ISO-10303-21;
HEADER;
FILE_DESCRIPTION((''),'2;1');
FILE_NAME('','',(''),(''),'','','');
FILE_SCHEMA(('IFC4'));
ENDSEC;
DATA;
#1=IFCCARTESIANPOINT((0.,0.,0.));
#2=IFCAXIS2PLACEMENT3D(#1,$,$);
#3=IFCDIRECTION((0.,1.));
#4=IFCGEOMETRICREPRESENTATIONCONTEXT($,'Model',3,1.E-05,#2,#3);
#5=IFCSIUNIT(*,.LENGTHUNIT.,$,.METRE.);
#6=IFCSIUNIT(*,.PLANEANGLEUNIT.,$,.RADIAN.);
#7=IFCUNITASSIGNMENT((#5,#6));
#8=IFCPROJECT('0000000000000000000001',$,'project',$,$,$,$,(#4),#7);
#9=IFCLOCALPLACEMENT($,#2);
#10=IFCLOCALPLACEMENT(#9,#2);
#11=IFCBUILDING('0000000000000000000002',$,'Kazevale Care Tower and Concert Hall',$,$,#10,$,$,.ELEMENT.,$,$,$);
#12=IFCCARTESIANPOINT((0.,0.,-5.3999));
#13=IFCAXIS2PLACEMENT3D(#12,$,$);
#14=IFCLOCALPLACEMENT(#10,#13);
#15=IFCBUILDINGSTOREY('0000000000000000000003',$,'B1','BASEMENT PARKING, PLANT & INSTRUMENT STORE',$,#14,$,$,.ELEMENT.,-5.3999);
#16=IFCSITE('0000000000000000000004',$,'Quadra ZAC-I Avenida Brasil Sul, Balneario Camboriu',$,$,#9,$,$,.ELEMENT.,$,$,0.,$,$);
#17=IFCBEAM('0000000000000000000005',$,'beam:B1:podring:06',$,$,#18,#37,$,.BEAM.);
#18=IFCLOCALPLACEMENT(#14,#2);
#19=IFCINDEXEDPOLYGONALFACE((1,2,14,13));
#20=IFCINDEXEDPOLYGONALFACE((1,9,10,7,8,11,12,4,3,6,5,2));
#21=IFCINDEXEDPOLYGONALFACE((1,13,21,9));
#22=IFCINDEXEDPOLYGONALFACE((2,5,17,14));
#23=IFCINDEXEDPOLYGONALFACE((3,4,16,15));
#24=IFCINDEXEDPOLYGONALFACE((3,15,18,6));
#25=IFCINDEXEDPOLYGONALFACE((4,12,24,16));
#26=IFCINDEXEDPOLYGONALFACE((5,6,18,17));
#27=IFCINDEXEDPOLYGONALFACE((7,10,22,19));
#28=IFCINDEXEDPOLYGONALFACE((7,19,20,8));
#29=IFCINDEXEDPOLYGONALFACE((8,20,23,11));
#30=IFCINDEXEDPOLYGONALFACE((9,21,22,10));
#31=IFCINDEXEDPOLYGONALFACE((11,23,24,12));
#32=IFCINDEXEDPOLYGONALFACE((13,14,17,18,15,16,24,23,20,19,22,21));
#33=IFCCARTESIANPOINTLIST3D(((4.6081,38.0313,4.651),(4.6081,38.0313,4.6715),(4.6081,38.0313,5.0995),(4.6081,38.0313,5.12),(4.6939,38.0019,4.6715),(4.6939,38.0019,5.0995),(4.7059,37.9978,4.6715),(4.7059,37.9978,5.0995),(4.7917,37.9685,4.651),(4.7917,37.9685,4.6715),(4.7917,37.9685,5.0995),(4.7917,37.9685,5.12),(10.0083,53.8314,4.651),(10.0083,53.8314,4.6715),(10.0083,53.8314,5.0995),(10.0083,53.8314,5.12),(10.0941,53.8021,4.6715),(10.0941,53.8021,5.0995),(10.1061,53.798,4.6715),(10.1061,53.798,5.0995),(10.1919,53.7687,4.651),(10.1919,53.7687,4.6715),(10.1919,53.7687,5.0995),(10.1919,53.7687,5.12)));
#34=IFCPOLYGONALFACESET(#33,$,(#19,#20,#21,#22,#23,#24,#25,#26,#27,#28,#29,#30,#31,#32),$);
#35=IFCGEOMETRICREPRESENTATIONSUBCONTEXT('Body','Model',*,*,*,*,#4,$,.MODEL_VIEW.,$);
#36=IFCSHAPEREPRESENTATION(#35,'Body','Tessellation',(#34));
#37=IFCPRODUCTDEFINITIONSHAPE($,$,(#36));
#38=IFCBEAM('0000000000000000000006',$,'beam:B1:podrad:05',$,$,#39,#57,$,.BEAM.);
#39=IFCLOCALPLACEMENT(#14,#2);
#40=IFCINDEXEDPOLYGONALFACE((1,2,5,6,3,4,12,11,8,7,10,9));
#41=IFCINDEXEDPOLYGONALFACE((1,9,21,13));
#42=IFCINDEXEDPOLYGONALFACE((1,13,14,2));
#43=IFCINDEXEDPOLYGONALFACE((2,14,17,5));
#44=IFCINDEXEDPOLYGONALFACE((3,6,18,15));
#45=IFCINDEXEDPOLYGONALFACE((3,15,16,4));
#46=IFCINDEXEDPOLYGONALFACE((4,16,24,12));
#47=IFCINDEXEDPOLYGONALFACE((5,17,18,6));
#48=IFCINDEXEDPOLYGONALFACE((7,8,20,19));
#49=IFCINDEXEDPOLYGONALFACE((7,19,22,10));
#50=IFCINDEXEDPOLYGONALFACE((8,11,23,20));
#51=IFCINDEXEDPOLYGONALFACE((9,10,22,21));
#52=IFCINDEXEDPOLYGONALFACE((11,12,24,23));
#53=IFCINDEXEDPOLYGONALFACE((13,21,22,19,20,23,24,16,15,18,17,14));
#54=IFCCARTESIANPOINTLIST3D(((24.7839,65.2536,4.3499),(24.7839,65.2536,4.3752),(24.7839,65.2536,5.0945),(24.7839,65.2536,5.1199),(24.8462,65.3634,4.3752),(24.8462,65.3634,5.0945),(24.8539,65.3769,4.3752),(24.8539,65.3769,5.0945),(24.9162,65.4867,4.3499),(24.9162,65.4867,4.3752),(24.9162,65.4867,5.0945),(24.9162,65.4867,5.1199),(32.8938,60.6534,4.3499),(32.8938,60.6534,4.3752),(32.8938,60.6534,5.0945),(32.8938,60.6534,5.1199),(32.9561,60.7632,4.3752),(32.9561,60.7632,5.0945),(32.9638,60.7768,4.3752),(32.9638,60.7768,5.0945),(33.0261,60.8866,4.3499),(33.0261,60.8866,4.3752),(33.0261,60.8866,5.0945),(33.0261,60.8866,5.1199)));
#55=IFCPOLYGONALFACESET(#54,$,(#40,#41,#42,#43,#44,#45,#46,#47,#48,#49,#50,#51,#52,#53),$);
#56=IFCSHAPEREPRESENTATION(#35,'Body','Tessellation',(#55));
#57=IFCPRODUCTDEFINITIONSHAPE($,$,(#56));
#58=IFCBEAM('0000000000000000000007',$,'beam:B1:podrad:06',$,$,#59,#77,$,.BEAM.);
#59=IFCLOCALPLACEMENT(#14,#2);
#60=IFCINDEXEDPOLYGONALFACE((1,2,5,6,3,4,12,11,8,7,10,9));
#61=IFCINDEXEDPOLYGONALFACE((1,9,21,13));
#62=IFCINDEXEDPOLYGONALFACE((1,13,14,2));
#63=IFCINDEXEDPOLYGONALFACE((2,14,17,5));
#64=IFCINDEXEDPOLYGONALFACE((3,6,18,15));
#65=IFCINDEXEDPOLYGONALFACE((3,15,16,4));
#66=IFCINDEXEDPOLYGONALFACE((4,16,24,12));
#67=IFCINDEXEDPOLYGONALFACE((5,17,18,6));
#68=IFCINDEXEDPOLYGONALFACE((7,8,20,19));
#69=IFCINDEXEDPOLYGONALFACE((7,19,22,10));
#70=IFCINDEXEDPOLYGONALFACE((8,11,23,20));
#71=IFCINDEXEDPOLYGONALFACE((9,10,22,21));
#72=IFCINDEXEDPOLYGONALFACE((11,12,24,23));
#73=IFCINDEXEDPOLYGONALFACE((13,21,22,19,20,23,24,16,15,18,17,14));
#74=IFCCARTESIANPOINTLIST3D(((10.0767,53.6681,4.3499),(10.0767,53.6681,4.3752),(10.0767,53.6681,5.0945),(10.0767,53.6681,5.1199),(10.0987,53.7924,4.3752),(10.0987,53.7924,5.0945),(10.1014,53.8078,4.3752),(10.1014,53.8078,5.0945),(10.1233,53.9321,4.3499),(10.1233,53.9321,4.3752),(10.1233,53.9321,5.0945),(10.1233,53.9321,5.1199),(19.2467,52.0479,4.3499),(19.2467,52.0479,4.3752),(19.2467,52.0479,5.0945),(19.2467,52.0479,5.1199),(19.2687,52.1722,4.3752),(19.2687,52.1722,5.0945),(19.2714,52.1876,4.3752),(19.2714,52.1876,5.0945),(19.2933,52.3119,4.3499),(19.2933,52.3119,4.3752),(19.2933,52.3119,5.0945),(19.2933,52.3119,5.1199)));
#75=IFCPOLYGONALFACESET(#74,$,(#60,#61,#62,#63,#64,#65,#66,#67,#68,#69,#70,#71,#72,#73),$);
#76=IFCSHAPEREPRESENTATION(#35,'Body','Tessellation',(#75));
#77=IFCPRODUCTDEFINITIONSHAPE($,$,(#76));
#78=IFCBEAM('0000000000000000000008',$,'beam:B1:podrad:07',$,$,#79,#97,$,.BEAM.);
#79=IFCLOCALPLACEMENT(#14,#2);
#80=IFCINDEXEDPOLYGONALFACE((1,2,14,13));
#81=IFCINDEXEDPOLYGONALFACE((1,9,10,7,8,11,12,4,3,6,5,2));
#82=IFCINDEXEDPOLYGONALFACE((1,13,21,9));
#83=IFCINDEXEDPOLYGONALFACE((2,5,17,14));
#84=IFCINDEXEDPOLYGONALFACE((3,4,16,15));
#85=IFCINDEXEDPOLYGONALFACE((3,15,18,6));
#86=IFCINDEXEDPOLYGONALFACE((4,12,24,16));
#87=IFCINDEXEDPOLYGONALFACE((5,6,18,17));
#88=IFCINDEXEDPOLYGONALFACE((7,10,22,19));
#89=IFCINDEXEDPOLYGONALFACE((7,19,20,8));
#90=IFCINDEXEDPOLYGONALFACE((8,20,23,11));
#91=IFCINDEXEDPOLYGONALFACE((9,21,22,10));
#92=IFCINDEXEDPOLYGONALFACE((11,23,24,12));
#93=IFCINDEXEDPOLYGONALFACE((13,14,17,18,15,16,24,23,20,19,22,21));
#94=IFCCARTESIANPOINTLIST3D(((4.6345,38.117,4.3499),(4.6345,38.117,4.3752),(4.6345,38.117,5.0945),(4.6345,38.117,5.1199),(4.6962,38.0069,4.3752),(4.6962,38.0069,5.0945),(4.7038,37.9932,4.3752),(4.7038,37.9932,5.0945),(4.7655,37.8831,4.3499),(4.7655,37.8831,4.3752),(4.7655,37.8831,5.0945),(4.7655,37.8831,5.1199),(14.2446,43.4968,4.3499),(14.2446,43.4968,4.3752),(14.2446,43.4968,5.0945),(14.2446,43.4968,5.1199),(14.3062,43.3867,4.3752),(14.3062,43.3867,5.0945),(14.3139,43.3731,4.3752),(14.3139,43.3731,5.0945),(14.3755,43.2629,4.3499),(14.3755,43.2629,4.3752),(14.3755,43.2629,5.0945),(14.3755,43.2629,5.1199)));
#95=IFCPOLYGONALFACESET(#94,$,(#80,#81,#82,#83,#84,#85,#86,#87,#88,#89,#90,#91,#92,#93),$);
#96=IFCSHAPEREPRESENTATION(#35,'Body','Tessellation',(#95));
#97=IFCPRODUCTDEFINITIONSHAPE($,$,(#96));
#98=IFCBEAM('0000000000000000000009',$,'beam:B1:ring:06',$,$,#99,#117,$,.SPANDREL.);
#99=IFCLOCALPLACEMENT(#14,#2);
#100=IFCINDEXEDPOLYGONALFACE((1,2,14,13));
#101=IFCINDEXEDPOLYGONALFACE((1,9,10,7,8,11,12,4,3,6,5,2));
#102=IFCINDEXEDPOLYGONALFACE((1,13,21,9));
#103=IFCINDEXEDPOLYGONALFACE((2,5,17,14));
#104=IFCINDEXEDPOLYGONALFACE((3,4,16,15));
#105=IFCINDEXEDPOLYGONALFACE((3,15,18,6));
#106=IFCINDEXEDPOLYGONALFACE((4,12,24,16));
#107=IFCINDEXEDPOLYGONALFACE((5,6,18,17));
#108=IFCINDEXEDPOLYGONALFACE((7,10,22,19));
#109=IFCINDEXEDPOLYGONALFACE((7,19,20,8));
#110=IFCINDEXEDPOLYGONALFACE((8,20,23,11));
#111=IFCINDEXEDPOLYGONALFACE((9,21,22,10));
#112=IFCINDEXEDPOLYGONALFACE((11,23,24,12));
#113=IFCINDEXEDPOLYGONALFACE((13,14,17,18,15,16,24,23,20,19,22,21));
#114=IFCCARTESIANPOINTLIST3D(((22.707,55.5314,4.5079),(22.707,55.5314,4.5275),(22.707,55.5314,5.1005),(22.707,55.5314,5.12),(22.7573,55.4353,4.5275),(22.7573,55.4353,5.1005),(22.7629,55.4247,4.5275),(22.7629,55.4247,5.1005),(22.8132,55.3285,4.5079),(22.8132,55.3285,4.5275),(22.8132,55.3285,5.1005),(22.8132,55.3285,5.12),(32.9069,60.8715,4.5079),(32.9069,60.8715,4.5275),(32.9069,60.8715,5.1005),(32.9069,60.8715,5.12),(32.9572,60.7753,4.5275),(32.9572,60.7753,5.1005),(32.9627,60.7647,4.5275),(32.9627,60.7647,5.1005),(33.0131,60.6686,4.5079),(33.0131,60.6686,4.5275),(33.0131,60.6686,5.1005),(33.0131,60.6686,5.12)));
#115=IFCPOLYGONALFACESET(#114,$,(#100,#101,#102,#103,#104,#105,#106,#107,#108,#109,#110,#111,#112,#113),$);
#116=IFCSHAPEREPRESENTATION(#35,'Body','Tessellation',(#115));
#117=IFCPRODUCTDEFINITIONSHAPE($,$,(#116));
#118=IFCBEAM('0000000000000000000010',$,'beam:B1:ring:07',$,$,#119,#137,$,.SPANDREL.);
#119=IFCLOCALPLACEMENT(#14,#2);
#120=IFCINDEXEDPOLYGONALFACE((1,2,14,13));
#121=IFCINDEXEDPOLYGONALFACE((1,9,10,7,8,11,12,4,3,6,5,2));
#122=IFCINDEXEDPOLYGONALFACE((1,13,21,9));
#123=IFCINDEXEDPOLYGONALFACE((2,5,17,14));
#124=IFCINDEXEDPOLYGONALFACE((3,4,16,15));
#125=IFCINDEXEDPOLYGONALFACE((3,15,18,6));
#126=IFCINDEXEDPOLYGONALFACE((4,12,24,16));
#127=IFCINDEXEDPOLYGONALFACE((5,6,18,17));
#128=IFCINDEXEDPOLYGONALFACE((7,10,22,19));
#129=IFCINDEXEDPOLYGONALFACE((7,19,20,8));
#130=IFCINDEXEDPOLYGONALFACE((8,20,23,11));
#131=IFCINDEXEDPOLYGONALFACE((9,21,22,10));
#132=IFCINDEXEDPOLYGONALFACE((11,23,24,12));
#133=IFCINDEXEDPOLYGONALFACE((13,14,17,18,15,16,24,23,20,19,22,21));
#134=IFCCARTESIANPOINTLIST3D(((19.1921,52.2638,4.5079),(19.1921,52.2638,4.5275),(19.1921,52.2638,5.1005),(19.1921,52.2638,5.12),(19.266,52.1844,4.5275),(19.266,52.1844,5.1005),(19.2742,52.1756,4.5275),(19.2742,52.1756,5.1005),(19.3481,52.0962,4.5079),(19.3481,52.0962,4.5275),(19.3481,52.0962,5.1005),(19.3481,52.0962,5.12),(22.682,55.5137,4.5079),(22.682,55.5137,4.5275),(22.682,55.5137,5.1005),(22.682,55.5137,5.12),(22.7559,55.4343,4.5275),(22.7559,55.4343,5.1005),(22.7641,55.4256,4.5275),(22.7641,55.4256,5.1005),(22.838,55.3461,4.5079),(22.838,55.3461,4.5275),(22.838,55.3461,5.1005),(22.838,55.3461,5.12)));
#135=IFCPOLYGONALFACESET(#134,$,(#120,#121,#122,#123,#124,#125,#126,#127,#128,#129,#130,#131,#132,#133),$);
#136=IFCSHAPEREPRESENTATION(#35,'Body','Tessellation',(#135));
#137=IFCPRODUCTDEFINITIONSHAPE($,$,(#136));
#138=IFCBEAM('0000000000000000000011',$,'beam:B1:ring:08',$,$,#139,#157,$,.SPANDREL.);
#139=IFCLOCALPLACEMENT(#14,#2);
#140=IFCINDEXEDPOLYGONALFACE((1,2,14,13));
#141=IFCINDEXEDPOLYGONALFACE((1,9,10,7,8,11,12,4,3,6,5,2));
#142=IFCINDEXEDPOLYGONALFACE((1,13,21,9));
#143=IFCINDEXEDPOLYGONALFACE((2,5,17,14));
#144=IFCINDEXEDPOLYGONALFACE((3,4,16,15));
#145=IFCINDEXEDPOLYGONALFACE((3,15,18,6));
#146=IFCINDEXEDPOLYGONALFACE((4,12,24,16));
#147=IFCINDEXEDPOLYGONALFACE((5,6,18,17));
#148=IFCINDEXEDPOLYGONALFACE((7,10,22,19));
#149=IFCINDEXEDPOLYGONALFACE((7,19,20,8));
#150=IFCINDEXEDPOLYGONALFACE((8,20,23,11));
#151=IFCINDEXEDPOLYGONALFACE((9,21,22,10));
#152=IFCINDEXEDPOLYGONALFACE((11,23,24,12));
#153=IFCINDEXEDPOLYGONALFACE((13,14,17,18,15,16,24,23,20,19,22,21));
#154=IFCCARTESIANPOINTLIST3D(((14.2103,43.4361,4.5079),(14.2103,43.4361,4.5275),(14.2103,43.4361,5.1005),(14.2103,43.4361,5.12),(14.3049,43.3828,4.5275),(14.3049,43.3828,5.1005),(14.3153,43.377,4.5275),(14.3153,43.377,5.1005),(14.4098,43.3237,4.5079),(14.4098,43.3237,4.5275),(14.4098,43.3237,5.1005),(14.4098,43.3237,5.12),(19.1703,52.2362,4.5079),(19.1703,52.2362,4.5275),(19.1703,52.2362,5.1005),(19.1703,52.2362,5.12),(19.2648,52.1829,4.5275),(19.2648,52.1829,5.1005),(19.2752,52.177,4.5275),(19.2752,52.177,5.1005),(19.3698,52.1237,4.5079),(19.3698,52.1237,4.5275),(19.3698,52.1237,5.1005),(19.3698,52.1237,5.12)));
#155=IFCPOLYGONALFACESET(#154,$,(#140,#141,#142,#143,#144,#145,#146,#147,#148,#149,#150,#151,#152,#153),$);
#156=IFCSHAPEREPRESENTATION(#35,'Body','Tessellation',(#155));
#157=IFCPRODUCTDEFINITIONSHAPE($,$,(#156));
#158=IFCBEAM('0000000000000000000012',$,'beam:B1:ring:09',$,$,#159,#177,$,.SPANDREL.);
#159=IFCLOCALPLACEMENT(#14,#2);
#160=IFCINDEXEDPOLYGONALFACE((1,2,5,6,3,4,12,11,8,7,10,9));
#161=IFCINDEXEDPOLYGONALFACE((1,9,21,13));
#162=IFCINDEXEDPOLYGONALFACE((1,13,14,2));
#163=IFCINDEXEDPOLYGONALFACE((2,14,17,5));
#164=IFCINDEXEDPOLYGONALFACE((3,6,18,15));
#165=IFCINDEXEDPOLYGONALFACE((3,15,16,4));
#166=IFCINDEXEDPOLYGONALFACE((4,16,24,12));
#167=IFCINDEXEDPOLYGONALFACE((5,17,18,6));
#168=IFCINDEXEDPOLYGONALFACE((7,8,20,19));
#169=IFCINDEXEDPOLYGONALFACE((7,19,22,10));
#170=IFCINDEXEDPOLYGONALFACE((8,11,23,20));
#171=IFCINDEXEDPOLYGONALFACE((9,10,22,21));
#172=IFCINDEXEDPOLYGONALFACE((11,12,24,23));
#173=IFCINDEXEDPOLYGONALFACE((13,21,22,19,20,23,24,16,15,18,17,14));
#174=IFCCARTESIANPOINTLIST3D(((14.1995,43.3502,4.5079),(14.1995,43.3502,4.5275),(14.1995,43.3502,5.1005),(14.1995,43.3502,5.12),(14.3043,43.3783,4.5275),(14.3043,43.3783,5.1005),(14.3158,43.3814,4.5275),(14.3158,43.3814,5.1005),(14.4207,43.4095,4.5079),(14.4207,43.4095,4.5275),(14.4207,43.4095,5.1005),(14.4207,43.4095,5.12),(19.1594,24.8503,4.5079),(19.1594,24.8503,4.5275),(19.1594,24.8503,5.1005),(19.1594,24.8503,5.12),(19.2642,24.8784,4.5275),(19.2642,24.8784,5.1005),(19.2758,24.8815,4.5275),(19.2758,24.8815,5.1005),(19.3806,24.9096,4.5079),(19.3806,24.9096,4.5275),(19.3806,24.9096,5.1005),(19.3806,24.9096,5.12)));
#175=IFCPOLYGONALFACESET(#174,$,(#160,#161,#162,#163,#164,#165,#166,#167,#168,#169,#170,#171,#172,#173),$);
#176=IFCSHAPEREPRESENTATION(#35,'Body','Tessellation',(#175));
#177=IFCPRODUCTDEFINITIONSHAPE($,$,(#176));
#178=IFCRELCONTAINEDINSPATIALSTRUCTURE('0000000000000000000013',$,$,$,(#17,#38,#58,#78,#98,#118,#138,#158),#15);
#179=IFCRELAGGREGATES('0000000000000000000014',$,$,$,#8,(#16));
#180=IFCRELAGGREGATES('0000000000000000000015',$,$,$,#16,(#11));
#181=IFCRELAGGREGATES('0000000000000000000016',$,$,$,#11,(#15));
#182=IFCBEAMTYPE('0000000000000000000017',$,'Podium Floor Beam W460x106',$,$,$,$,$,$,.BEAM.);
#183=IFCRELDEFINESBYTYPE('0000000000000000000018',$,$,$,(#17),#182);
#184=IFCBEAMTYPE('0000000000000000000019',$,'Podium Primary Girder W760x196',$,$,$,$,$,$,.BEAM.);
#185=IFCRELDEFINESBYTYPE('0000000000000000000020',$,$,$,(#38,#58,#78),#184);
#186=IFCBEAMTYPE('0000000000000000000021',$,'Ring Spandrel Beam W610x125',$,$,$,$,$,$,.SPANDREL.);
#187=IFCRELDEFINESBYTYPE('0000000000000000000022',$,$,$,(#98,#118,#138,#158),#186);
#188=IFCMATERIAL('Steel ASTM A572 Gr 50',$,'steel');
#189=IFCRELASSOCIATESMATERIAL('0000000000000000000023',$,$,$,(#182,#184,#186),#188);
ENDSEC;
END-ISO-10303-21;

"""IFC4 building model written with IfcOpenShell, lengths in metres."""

from ifc_helpers import new_model, si_unit, direction, frame, origin, origin_2d, place, context, subcontext, project, spatial, i_section, extrude, material, material_profile, profile_set, type_object, element, save


model = new_model("IFC4")

# Units and contexts
model_context = context("Model", 3, precision=1e-05, world=origin(), true_north=direction((0.0, 1.0)))
body_context = subcontext(model_context, "Body", "Model", "MODEL_VIEW")
ifc_project = project(units=[si_unit("LENGTHUNIT", "METRE"), si_unit("PLANEANGLEUNIT", "RADIAN")], contexts=[model_context])

# Site, building, storey
site_placement = place(None, origin())
site = spatial("IfcSite", under=ifc_project, at=site_placement, Name="Quadra ZAC-I Avenida Brasil Sul, Balneario Camboriu", CompositionType="ELEMENT", RefElevation=0.0)
building_placement = place(site_placement, origin())
building = spatial("IfcBuilding", under=site, at=building_placement, Name="Kazevale Care Tower and Concert Hall", CompositionType="ELEMENT")
storey_placement = place(building_placement, frame((0.0, 0.0, -5.3999)))
storey = spatial("IfcBuildingStorey", under=building, at=storey_placement, Name="B1", Description="BASEMENT PARKING, PLANT & INSTRUMENT STORE", CompositionType="ELEMENT", Elevation=-5.3999)

# Beams
ifc_material_1 = material(Name="Steel ASTM A572 Gr 50", Category="steel")
ifc_material_profile_1 = material_profile(ifc_material_1, i_section(OverallWidth=0.1941, OverallDepth=0.469, WebThickness=0.0127, FlangeThickness=0.0205, at=origin_2d()), Name="W460x106")
ifc_profile_set_1 = profile_set([ifc_material_profile_1], Name="Steel ASTM A572 Gr 50")
beam_type_1 = type_object("IfcBeamType", Name="Podium Floor Beam W460x106", PredefinedType="BEAM", material=ifc_profile_set_1)
beam_1_placement = place(storey_placement, frame((10.1001, 53.8, 4.8855), z_axis=(-0.323412, -0.946258, 0.0), x_axis=(0.946258, -0.323412, 0.0)))
element("IfcBeam", 1, at=beam_1_placement, inside=storey, type_object=beam_type_1, Name="beam:B1:podring:06", PredefinedType="BEAM", context=body_context, shape_type="SweptSolid", body=[
    extrude(i_section(OverallWidth=0.1941, OverallDepth=0.469, WebThickness=0.0127, FlangeThickness=0.0205, at=origin_2d()), origin(), (0.0, 0.0, 1.0), 16.6975),
])
ifc_material_profile_2 = material_profile(ifc_material_1, i_section(OverallWidth=0.2681, OverallDepth=0.77, WebThickness=0.0156, FlangeThickness=0.0254, at=origin_2d()), Name="W760x196")
ifc_profile_set_2 = profile_set([ifc_material_profile_2], Name="Steel ASTM A572 Gr 50")
beam_type_2 = type_object("IfcBeamType", Name="Podium Primary Girder W760x196", PredefinedType="BEAM", material=ifc_profile_set_2)
beam_2_placement = place(storey_placement, frame((32.96, 60.77, 4.7349), z_axis=(-0.869815, 0.493379, 0.0), x_axis=(-0.493379, -0.869815, 0.0)))
element("IfcBeam", 2, at=beam_2_placement, inside=storey, type_object=beam_type_2, Name="beam:B1:podrad:05", PredefinedType="BEAM", context=body_context, shape_type="SweptSolid", body=[
    extrude(i_section(OverallWidth=0.2681, OverallDepth=0.77, WebThickness=0.0156, FlangeThickness=0.0254, at=origin_2d()), origin(), (0.0, 0.0, 1.0), 9.3237),
])
beam_3_placement = place(storey_placement, frame((19.27, 52.1799, 4.7349), z_axis=(-0.984749, 0.173983, 0.0), x_axis=(-0.173983, -0.984749, 0.0)))
element("IfcBeam", 3, at=beam_3_placement, inside=storey, type_object=beam_type_2, Name="beam:B1:podrad:06", PredefinedType="BEAM", context=body_context, shape_type="SweptSolid", body=[
    extrude(i_section(OverallWidth=0.2681, OverallDepth=0.77, WebThickness=0.0156, FlangeThickness=0.0254, at=origin_2d()), origin(), (0.0, 0.0, 1.0), 9.312),
])
beam_4_placement = place(storey_placement, frame((14.3101, 43.3799, 4.7349), z_axis=(-0.872575, -0.488481, 0.0), x_axis=(0.488481, -0.872575, 0.0)))
element("IfcBeam", 4, at=beam_4_placement, inside=storey, type_object=beam_type_2, Name="beam:B1:podrad:07", PredefinedType="BEAM", context=body_context, shape_type="SweptSolid", body=[
    extrude(i_section(OverallWidth=0.2681, OverallDepth=0.77, WebThickness=0.0156, FlangeThickness=0.0254, at=origin_2d()), origin(), (0.0, 0.0, 1.0), 11.0134),
])
ifc_material_profile_3 = material_profile(ifc_material_1, i_section(OverallWidth=0.229, OverallDepth=0.6121, WebThickness=0.012, FlangeThickness=0.0195, at=origin_2d()), Name="W610x125")
ifc_profile_set_3 = profile_set([ifc_material_profile_3], Name="Steel ASTM A572 Gr 50")
beam_type_3 = type_object("IfcBeamType", Name="Ring Spandrel Beam W610x125", PredefinedType="SPANDREL", material=ifc_profile_set_3)
beam_5_placement = place(storey_placement, frame((32.96, 60.77, 4.814), z_axis=(-0.885929, -0.46382, 0.0), x_axis=(0.46382, -0.885929, 0.0)))
element("IfcBeam", 5, at=beam_5_placement, inside=storey, type_object=beam_type_3, Name="beam:B1:ring:06", PredefinedType="SPANDREL", context=body_context, shape_type="SweptSolid", body=[
    extrude(i_section(OverallWidth=0.229, OverallDepth=0.6121, WebThickness=0.012, FlangeThickness=0.0195, at=origin_2d()), origin(), (0.0, 0.0, 1.0), 11.5132),
])
beam_6_placement = place(storey_placement, frame((22.76, 55.4299, 4.814), z_axis=(-0.731821, -0.681497, 0.0), x_axis=(0.681497, -0.731821, 0.0)))
element("IfcBeam", 6, at=beam_6_placement, inside=storey, type_object=beam_type_3, Name="beam:B1:ring:07", PredefinedType="SPANDREL", context=body_context, shape_type="SweptSolid", body=[
    extrude(i_section(OverallWidth=0.229, OverallDepth=0.6121, WebThickness=0.012, FlangeThickness=0.0195, at=origin_2d()), origin(), (0.0, 0.0, 1.0), 4.7688),
])
beam_7_placement = place(storey_placement, frame((19.27, 52.1799, 4.814), z_axis=(-0.491008, -0.871155, 0.0), x_axis=(0.871155, -0.491008, 0.0)))
element("IfcBeam", 7, at=beam_7_placement, inside=storey, type_object=beam_type_3, Name="beam:B1:ring:08", PredefinedType="SPANDREL", context=body_context, shape_type="SweptSolid", body=[
    extrude(i_section(OverallWidth=0.229, OverallDepth=0.6121, WebThickness=0.012, FlangeThickness=0.0195, at=origin_2d()), origin(), (0.0, 0.0, 1.0), 10.1016),
])
beam_8_placement = place(storey_placement, frame((14.3101, 43.3799, 4.814), z_axis=(0.25896, -0.965888, 0.0), x_axis=(0.965888, 0.25896, 0.0)))
element("IfcBeam", 8, at=beam_8_placement, inside=storey, type_object=beam_type_3, Name="beam:B1:ring:09", PredefinedType="SPANDREL", context=body_context, shape_type="SweptSolid", body=[
    extrude(i_section(OverallWidth=0.229, OverallDepth=0.6121, WebThickness=0.012, FlangeThickness=0.0195, at=origin_2d()), origin(), (0.0, 0.0, 1.0), 19.1533),
])

save(model, "model.ifc")
